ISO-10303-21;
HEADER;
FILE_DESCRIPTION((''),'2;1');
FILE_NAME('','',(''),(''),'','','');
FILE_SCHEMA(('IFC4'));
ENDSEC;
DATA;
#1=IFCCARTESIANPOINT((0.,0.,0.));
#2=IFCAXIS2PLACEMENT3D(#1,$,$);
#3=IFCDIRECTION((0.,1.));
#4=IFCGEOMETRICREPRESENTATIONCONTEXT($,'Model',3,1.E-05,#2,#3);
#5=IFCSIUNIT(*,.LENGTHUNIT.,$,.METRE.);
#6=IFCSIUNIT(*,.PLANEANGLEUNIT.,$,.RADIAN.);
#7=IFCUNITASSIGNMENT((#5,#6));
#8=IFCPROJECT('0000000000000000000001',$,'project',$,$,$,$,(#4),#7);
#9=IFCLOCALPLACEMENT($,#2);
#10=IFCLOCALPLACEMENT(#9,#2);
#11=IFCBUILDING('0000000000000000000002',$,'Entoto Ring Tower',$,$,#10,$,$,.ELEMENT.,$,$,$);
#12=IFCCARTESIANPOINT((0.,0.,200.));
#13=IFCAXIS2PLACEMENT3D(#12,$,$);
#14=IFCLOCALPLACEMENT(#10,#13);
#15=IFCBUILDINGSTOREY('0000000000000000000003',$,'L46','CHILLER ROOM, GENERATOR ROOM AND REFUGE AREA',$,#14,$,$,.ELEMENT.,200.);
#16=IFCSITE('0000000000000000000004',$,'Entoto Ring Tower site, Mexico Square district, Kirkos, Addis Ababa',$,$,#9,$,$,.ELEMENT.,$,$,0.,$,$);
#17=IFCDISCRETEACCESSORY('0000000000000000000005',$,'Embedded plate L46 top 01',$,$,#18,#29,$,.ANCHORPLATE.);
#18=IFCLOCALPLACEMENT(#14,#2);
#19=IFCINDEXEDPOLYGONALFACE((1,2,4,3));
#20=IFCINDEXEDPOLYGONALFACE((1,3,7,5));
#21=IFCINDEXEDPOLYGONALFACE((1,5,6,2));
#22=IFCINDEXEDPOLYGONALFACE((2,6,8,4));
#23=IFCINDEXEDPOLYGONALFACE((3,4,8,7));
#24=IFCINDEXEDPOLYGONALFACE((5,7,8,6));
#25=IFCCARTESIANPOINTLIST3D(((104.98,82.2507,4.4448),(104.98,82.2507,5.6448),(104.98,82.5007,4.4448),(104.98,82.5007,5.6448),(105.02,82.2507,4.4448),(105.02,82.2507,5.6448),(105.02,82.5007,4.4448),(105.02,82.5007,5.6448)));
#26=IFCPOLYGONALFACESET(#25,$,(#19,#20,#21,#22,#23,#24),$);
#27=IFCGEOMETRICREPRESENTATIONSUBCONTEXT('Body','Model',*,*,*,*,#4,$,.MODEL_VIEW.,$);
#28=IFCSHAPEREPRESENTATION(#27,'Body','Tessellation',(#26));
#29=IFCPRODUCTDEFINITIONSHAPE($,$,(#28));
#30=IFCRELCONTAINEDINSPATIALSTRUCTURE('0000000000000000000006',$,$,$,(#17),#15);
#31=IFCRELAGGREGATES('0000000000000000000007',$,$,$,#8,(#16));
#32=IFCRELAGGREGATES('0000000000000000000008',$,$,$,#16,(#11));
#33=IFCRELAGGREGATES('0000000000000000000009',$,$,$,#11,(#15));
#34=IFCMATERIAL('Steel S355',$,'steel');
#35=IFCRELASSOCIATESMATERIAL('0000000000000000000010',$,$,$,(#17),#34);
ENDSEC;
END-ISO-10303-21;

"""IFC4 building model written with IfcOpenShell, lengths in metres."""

from ifc_helpers import new_model, si_unit, direction, frame, origin, origin_2d, place, context, subcontext, project, spatial, rectangle, extrude, material, element, save


model = new_model("IFC4")

# Units and contexts
model_context = context("Model", 3, precision=1e-05, world=origin(), true_north=direction((0.0, 1.0)))
body_context = subcontext(model_context, "Body", "Model", "MODEL_VIEW")
ifc_project = project(units=[si_unit("LENGTHUNIT", "METRE"), si_unit("PLANEANGLEUNIT", "RADIAN")], contexts=[model_context])

# Site, building, storey
site_placement = place(None, origin())
site = spatial("IfcSite", under=ifc_project, at=site_placement, Name="Entoto Ring Tower site, Mexico Square district, Kirkos, Addis Ababa", CompositionType="ELEMENT", RefElevation=0.0)
building_placement = place(site_placement, origin())
building = spatial("IfcBuilding", under=site, at=building_placement, Name="Entoto Ring Tower", CompositionType="ELEMENT")
storey_placement = place(building_placement, frame((0.0, 0.0, 200.0)))
storey = spatial("IfcBuildingStorey", under=building, at=storey_placement, Name="L46", Description="CHILLER ROOM, GENERATOR ROOM AND REFUGE AREA", CompositionType="ELEMENT", Elevation=200.0)

# Discrete accessory
ifc_material_1 = material(Name="Steel S355", Category="steel")
for number, where, z_axis, x_axis, name in (
    (1, (105.0, 82.3757, 4.4448), (0.0, 0.0, 1.0), (1.0, 0.0, 0.0), "Embedded plate L46 top 01"),
):
    element("IfcDiscreteAccessory", number, at=place(storey_placement, frame(where, z_axis=z_axis, x_axis=x_axis)), inside=storey, material=ifc_material_1, Name=name, PredefinedType="ANCHORPLATE", context=body_context, shape_type="SweptSolid", body=[
        extrude(rectangle(XDim=0.04, YDim=0.25, at=origin_2d()), origin(), (0.0, 0.0, 1.0), 1.2),
    ])

save(model, "model.ifc")
